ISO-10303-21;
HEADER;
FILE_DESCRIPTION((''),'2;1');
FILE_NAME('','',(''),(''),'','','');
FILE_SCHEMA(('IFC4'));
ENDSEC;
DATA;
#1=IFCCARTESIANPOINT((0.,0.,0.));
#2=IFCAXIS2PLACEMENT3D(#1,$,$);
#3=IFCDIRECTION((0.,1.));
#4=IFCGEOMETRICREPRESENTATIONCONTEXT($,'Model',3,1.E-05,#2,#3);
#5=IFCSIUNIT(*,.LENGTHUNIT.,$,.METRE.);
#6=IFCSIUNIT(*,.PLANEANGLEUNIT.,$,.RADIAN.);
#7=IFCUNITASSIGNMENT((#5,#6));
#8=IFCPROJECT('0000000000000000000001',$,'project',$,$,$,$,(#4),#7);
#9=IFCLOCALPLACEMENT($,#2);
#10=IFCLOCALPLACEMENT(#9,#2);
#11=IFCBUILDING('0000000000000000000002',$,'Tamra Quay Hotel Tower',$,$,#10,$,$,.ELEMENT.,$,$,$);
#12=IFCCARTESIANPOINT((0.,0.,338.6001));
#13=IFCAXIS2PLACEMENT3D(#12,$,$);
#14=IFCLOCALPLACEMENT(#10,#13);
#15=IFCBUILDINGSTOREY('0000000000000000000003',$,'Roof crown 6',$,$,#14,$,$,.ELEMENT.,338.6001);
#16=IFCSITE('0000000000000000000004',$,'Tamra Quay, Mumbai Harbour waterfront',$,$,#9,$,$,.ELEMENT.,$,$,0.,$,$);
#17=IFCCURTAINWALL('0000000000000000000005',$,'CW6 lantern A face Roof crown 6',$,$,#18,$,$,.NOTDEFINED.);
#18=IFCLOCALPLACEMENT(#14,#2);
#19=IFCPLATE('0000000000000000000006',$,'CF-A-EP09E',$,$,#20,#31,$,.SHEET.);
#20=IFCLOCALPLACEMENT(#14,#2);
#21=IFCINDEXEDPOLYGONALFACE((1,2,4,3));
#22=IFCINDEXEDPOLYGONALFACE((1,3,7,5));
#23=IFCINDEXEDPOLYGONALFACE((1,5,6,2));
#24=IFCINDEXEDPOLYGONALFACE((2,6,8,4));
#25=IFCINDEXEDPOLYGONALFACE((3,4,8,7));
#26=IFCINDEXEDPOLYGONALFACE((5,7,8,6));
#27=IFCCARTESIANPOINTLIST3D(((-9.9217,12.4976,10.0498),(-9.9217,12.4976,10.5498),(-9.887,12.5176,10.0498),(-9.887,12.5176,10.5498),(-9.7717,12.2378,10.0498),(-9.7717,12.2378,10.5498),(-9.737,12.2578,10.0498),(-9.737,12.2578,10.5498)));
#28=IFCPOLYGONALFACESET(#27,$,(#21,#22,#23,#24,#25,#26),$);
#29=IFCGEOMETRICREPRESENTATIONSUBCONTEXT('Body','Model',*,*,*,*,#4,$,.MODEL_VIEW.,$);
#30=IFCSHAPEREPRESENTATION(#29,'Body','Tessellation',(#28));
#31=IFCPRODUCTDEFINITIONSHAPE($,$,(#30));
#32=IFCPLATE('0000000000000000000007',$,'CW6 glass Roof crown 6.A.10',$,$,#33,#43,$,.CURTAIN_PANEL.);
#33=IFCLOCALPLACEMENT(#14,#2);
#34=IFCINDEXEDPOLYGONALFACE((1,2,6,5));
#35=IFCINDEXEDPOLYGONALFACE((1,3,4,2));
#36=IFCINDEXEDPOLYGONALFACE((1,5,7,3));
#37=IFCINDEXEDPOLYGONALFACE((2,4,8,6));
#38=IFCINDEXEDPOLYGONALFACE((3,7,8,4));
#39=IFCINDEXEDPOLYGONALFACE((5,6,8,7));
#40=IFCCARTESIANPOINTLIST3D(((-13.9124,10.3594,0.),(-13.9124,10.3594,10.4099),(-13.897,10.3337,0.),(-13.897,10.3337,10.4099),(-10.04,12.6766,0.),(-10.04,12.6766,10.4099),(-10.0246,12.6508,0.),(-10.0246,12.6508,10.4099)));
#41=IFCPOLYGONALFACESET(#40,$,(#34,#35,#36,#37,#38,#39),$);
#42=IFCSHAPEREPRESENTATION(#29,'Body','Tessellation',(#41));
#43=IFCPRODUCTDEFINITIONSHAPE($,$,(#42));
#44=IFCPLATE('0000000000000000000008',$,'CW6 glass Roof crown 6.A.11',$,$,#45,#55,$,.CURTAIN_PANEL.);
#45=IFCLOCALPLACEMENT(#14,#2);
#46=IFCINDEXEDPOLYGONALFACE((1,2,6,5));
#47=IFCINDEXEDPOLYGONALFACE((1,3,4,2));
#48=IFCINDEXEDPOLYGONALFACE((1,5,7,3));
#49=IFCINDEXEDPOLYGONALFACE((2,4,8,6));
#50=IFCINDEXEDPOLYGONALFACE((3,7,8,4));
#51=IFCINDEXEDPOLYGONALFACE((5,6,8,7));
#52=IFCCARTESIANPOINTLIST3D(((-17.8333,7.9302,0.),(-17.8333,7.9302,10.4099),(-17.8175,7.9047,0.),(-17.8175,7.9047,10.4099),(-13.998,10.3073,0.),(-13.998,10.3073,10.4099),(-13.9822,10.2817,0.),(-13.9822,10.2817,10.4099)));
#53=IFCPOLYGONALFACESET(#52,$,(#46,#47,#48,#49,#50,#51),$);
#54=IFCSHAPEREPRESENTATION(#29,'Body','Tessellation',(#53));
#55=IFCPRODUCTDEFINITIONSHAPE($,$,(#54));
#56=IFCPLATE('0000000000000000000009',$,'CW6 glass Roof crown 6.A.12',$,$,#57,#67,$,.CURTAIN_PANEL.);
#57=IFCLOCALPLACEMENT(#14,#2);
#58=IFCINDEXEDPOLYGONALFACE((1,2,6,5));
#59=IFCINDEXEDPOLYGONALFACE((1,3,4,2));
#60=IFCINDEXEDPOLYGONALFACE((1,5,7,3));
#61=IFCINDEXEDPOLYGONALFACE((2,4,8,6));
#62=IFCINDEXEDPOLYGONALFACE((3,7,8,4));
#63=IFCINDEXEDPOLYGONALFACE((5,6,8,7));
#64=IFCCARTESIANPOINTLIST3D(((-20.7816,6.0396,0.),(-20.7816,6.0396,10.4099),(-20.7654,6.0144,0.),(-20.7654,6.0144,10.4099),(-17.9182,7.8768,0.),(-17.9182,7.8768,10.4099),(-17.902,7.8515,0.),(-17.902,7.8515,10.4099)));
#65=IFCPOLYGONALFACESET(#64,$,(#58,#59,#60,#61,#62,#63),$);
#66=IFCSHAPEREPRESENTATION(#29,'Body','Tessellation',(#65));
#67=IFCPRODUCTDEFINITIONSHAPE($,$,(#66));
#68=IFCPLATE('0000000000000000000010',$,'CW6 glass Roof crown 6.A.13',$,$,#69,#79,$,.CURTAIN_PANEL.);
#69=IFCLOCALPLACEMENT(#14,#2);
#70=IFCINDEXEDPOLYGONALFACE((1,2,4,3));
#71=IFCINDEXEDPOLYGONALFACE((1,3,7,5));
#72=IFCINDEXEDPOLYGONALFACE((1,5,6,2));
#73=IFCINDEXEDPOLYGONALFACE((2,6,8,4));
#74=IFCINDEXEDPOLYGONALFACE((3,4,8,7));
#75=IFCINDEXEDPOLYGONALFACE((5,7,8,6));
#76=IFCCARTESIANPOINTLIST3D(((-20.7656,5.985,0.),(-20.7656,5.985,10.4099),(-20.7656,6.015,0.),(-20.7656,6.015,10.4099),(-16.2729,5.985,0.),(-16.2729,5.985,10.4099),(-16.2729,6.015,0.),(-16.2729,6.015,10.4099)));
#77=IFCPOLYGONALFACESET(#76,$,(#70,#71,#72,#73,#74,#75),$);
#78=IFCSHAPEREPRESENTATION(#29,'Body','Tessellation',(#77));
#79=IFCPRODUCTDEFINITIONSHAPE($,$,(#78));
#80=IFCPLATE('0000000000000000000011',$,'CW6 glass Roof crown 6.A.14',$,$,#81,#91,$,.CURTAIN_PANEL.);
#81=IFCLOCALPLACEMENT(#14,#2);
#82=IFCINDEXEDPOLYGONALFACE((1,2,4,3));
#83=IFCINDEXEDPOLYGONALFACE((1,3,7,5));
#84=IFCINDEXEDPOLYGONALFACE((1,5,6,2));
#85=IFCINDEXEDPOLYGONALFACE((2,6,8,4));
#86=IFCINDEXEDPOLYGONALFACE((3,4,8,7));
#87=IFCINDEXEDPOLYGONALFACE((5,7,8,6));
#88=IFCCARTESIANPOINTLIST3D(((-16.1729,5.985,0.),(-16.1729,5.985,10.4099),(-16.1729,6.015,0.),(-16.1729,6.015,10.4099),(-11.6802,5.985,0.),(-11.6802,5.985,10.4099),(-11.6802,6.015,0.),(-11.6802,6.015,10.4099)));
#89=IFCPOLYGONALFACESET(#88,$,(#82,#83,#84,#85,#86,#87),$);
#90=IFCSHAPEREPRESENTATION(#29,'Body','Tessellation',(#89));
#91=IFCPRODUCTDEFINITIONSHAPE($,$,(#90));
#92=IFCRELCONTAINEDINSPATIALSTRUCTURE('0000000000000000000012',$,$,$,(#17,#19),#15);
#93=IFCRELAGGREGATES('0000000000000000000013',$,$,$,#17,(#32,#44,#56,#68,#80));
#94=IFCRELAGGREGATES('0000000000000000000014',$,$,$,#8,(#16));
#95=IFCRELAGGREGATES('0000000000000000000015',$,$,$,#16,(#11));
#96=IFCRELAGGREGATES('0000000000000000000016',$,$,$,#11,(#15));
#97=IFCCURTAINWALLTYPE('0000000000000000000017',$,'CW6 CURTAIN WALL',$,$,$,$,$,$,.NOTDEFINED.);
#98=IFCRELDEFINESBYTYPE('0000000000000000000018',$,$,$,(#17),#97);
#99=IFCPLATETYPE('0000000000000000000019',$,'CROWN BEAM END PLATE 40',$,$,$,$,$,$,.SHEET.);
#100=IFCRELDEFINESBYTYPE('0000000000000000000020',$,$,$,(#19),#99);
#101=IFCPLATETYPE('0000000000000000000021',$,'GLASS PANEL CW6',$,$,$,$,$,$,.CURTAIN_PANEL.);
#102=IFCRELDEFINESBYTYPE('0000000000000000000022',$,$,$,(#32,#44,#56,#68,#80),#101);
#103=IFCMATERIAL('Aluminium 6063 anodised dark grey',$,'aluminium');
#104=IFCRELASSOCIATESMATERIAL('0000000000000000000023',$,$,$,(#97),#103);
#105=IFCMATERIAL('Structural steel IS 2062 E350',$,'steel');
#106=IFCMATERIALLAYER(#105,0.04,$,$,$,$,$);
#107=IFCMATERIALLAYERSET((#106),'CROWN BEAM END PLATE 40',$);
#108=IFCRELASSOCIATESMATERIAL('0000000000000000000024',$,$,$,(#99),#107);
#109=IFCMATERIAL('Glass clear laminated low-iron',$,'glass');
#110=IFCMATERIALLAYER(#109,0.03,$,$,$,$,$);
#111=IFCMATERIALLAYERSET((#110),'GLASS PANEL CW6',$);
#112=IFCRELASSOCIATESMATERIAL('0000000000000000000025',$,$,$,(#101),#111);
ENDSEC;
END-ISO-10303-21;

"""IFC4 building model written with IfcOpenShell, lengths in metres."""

from ifc_helpers import new_model, si_unit, direction, frame, origin, origin_2d, place, context, subcontext, project, spatial, rectangle, extrude, material, layer, layer_set, type_object, element, aggregate, save


model = new_model("IFC4")

# Units and contexts
model_context = context("Model", 3, precision=1e-05, world=origin(), true_north=direction((0.0, 1.0)))
body_context = subcontext(model_context, "Body", "Model", "MODEL_VIEW")
ifc_project = project(units=[si_unit("LENGTHUNIT", "METRE"), si_unit("PLANEANGLEUNIT", "RADIAN")], contexts=[model_context])

# Site, building, storey
site_placement = place(None, origin())
site = spatial("IfcSite", under=ifc_project, at=site_placement, Name="Tamra Quay, Mumbai Harbour waterfront", CompositionType="ELEMENT", RefElevation=0.0)
building_placement = place(site_placement, origin())
building = spatial("IfcBuilding", under=site, at=building_placement, Name="Tamra Quay Hotel Tower", CompositionType="ELEMENT")
storey_placement = place(building_placement, frame((0.0, 0.0, 338.6001)))
storey = spatial("IfcBuildingStorey", under=building, at=storey_placement, Name="Roof crown 6", CompositionType="ELEMENT", Elevation=338.6001)

# Shared definitions
ifc_material_1 = material(Name="Structural steel IS 2062 E350", Category="steel")

# Curtain wall
ifc_material_2 = material(Name="Aluminium 6063 anodised dark grey", Category="aluminium")
curtain_wall_type = type_object("IfcCurtainWallType", Name="CW6 CURTAIN WALL", PredefinedType="NOTDEFINED", material=ifc_material_2)
curtain_wall_placement = place(storey_placement, origin())
curtain_wall = element("IfcCurtainWall", 1, at=curtain_wall_placement, inside=storey, type_object=curtain_wall_type, Name="CW6 lantern A face Roof crown 6", PredefinedType="NOTDEFINED")

# Plate
ifc_layer_1 = layer(ifc_material_1, 0.04)
ifc_layer_set_1 = layer_set([ifc_layer_1], Name="CROWN BEAM END PLATE 40")
plate_type_1 = type_object("IfcPlateType", Name="CROWN BEAM END PLATE 40", PredefinedType="SHEET", material=ifc_layer_set_1)
for number, where, z_axis, x_axis, name in (
    (2, (-9.8293, 12.3777, 10.0498), (0.0, 0.0, 1.0), (-0.866026, -0.499998, 0.0), "CF-A-EP09E"),
):
    element("IfcPlate", number, at=place(storey_placement, frame(where, z_axis=z_axis, x_axis=x_axis)), inside=storey, type_object=plate_type_1, Name=name, PredefinedType="SHEET", context=body_context, shape_type="SweptSolid", body=[
        extrude(rectangle(XDim=0.04, YDim=0.3, at=origin_2d()), origin(), (0.0, 0.0, 1.0), 0.5),
    ])

# Plates
ifc_material_3 = material(Name="Glass clear laminated low-iron", Category="glass")
ifc_layer_2 = layer(ifc_material_3, 0.03)
ifc_layer_set_2 = layer_set([ifc_layer_2], Name="GLASS PANEL CW6")
plate_type_2 = type_object("IfcPlateType", Name="GLASS PANEL CW6", PredefinedType="CURTAIN_PANEL", material=ifc_layer_set_2)
plate_1_placement = place(storey_placement, frame((-11.9685, 11.5051, 0.0), z_axis=(0.0, 0.0, 1.0), x_axis=(-0.858104, -0.513477, 0.0)))
plate_1 = element("IfcPlate", 3, at=plate_1_placement, type_object=plate_type_2, Name="CW6 glass Roof crown 6.A.10", PredefinedType="CURTAIN_PANEL", context=body_context, shape_type="SweptSolid", body=[
    extrude(rectangle(XDim=4.5127, YDim=0.03, at=origin_2d()), origin(), (0.0, 0.0, 1.0), 10.4099),
])
plate_2_placement = place(storey_placement, frame((-15.9077, 9.106, 0.0), z_axis=(0.0, 0.0, 1.0), x_axis=(-0.849982, -0.526812, 0.0)))
plate_2 = element("IfcPlate", 4, at=plate_2_placement, type_object=plate_type_2, Name="CW6 glass Roof crown 6.A.11", PredefinedType="CURTAIN_PANEL", context=body_context, shape_type="SweptSolid", body=[
    extrude(rectangle(XDim=4.5122, YDim=0.03, at=origin_2d()), origin(), (0.0, 0.0, 1.0), 10.4099),
])
plate_3_placement = place(storey_placement, frame((-19.3418, 6.9456, 0.0), z_axis=(0.0, 0.0, 1.0), x_axis=(-0.841665, -0.54, 0.0)))
plate_3 = element("IfcPlate", 5, at=plate_3_placement, type_object=plate_type_2, Name="CW6 glass Roof crown 6.A.12", PredefinedType="CURTAIN_PANEL", context=body_context, shape_type="SweptSolid", body=[
    extrude(rectangle(XDim=3.4021, YDim=0.03, at=origin_2d()), origin(), (0.0, 0.0, 1.0), 10.4099),
])
plate_4_placement = place(storey_placement, frame((-18.5193, 6.0, 0.0), z_axis=(0.0, 0.0, 1.0), x_axis=(1.0, 0.0, 0.0)))
plate_4 = element("IfcPlate", 6, at=plate_4_placement, type_object=plate_type_2, Name="CW6 glass Roof crown 6.A.13", PredefinedType="CURTAIN_PANEL", context=body_context, shape_type="SweptSolid", body=[
    extrude(rectangle(XDim=4.4927, YDim=0.03, at=origin_2d()), origin(), (0.0, 0.0, 1.0), 10.4099),
])
plate_5_placement = place(storey_placement, frame((-13.9265, 6.0, 0.0), z_axis=(0.0, 0.0, 1.0), x_axis=(1.0, 0.0, 0.0)))
plate_5 = element("IfcPlate", 7, at=plate_5_placement, type_object=plate_type_2, Name="CW6 glass Roof crown 6.A.14", PredefinedType="CURTAIN_PANEL", context=body_context, shape_type="SweptSolid", body=[
    extrude(rectangle(XDim=4.4927, YDim=0.03, at=origin_2d()), origin(), (0.0, 0.0, 1.0), 10.4099),
])
aggregate(curtain_wall, [plate_1, plate_2, plate_3, plate_4, plate_5])

save(model, "model.ifc")
